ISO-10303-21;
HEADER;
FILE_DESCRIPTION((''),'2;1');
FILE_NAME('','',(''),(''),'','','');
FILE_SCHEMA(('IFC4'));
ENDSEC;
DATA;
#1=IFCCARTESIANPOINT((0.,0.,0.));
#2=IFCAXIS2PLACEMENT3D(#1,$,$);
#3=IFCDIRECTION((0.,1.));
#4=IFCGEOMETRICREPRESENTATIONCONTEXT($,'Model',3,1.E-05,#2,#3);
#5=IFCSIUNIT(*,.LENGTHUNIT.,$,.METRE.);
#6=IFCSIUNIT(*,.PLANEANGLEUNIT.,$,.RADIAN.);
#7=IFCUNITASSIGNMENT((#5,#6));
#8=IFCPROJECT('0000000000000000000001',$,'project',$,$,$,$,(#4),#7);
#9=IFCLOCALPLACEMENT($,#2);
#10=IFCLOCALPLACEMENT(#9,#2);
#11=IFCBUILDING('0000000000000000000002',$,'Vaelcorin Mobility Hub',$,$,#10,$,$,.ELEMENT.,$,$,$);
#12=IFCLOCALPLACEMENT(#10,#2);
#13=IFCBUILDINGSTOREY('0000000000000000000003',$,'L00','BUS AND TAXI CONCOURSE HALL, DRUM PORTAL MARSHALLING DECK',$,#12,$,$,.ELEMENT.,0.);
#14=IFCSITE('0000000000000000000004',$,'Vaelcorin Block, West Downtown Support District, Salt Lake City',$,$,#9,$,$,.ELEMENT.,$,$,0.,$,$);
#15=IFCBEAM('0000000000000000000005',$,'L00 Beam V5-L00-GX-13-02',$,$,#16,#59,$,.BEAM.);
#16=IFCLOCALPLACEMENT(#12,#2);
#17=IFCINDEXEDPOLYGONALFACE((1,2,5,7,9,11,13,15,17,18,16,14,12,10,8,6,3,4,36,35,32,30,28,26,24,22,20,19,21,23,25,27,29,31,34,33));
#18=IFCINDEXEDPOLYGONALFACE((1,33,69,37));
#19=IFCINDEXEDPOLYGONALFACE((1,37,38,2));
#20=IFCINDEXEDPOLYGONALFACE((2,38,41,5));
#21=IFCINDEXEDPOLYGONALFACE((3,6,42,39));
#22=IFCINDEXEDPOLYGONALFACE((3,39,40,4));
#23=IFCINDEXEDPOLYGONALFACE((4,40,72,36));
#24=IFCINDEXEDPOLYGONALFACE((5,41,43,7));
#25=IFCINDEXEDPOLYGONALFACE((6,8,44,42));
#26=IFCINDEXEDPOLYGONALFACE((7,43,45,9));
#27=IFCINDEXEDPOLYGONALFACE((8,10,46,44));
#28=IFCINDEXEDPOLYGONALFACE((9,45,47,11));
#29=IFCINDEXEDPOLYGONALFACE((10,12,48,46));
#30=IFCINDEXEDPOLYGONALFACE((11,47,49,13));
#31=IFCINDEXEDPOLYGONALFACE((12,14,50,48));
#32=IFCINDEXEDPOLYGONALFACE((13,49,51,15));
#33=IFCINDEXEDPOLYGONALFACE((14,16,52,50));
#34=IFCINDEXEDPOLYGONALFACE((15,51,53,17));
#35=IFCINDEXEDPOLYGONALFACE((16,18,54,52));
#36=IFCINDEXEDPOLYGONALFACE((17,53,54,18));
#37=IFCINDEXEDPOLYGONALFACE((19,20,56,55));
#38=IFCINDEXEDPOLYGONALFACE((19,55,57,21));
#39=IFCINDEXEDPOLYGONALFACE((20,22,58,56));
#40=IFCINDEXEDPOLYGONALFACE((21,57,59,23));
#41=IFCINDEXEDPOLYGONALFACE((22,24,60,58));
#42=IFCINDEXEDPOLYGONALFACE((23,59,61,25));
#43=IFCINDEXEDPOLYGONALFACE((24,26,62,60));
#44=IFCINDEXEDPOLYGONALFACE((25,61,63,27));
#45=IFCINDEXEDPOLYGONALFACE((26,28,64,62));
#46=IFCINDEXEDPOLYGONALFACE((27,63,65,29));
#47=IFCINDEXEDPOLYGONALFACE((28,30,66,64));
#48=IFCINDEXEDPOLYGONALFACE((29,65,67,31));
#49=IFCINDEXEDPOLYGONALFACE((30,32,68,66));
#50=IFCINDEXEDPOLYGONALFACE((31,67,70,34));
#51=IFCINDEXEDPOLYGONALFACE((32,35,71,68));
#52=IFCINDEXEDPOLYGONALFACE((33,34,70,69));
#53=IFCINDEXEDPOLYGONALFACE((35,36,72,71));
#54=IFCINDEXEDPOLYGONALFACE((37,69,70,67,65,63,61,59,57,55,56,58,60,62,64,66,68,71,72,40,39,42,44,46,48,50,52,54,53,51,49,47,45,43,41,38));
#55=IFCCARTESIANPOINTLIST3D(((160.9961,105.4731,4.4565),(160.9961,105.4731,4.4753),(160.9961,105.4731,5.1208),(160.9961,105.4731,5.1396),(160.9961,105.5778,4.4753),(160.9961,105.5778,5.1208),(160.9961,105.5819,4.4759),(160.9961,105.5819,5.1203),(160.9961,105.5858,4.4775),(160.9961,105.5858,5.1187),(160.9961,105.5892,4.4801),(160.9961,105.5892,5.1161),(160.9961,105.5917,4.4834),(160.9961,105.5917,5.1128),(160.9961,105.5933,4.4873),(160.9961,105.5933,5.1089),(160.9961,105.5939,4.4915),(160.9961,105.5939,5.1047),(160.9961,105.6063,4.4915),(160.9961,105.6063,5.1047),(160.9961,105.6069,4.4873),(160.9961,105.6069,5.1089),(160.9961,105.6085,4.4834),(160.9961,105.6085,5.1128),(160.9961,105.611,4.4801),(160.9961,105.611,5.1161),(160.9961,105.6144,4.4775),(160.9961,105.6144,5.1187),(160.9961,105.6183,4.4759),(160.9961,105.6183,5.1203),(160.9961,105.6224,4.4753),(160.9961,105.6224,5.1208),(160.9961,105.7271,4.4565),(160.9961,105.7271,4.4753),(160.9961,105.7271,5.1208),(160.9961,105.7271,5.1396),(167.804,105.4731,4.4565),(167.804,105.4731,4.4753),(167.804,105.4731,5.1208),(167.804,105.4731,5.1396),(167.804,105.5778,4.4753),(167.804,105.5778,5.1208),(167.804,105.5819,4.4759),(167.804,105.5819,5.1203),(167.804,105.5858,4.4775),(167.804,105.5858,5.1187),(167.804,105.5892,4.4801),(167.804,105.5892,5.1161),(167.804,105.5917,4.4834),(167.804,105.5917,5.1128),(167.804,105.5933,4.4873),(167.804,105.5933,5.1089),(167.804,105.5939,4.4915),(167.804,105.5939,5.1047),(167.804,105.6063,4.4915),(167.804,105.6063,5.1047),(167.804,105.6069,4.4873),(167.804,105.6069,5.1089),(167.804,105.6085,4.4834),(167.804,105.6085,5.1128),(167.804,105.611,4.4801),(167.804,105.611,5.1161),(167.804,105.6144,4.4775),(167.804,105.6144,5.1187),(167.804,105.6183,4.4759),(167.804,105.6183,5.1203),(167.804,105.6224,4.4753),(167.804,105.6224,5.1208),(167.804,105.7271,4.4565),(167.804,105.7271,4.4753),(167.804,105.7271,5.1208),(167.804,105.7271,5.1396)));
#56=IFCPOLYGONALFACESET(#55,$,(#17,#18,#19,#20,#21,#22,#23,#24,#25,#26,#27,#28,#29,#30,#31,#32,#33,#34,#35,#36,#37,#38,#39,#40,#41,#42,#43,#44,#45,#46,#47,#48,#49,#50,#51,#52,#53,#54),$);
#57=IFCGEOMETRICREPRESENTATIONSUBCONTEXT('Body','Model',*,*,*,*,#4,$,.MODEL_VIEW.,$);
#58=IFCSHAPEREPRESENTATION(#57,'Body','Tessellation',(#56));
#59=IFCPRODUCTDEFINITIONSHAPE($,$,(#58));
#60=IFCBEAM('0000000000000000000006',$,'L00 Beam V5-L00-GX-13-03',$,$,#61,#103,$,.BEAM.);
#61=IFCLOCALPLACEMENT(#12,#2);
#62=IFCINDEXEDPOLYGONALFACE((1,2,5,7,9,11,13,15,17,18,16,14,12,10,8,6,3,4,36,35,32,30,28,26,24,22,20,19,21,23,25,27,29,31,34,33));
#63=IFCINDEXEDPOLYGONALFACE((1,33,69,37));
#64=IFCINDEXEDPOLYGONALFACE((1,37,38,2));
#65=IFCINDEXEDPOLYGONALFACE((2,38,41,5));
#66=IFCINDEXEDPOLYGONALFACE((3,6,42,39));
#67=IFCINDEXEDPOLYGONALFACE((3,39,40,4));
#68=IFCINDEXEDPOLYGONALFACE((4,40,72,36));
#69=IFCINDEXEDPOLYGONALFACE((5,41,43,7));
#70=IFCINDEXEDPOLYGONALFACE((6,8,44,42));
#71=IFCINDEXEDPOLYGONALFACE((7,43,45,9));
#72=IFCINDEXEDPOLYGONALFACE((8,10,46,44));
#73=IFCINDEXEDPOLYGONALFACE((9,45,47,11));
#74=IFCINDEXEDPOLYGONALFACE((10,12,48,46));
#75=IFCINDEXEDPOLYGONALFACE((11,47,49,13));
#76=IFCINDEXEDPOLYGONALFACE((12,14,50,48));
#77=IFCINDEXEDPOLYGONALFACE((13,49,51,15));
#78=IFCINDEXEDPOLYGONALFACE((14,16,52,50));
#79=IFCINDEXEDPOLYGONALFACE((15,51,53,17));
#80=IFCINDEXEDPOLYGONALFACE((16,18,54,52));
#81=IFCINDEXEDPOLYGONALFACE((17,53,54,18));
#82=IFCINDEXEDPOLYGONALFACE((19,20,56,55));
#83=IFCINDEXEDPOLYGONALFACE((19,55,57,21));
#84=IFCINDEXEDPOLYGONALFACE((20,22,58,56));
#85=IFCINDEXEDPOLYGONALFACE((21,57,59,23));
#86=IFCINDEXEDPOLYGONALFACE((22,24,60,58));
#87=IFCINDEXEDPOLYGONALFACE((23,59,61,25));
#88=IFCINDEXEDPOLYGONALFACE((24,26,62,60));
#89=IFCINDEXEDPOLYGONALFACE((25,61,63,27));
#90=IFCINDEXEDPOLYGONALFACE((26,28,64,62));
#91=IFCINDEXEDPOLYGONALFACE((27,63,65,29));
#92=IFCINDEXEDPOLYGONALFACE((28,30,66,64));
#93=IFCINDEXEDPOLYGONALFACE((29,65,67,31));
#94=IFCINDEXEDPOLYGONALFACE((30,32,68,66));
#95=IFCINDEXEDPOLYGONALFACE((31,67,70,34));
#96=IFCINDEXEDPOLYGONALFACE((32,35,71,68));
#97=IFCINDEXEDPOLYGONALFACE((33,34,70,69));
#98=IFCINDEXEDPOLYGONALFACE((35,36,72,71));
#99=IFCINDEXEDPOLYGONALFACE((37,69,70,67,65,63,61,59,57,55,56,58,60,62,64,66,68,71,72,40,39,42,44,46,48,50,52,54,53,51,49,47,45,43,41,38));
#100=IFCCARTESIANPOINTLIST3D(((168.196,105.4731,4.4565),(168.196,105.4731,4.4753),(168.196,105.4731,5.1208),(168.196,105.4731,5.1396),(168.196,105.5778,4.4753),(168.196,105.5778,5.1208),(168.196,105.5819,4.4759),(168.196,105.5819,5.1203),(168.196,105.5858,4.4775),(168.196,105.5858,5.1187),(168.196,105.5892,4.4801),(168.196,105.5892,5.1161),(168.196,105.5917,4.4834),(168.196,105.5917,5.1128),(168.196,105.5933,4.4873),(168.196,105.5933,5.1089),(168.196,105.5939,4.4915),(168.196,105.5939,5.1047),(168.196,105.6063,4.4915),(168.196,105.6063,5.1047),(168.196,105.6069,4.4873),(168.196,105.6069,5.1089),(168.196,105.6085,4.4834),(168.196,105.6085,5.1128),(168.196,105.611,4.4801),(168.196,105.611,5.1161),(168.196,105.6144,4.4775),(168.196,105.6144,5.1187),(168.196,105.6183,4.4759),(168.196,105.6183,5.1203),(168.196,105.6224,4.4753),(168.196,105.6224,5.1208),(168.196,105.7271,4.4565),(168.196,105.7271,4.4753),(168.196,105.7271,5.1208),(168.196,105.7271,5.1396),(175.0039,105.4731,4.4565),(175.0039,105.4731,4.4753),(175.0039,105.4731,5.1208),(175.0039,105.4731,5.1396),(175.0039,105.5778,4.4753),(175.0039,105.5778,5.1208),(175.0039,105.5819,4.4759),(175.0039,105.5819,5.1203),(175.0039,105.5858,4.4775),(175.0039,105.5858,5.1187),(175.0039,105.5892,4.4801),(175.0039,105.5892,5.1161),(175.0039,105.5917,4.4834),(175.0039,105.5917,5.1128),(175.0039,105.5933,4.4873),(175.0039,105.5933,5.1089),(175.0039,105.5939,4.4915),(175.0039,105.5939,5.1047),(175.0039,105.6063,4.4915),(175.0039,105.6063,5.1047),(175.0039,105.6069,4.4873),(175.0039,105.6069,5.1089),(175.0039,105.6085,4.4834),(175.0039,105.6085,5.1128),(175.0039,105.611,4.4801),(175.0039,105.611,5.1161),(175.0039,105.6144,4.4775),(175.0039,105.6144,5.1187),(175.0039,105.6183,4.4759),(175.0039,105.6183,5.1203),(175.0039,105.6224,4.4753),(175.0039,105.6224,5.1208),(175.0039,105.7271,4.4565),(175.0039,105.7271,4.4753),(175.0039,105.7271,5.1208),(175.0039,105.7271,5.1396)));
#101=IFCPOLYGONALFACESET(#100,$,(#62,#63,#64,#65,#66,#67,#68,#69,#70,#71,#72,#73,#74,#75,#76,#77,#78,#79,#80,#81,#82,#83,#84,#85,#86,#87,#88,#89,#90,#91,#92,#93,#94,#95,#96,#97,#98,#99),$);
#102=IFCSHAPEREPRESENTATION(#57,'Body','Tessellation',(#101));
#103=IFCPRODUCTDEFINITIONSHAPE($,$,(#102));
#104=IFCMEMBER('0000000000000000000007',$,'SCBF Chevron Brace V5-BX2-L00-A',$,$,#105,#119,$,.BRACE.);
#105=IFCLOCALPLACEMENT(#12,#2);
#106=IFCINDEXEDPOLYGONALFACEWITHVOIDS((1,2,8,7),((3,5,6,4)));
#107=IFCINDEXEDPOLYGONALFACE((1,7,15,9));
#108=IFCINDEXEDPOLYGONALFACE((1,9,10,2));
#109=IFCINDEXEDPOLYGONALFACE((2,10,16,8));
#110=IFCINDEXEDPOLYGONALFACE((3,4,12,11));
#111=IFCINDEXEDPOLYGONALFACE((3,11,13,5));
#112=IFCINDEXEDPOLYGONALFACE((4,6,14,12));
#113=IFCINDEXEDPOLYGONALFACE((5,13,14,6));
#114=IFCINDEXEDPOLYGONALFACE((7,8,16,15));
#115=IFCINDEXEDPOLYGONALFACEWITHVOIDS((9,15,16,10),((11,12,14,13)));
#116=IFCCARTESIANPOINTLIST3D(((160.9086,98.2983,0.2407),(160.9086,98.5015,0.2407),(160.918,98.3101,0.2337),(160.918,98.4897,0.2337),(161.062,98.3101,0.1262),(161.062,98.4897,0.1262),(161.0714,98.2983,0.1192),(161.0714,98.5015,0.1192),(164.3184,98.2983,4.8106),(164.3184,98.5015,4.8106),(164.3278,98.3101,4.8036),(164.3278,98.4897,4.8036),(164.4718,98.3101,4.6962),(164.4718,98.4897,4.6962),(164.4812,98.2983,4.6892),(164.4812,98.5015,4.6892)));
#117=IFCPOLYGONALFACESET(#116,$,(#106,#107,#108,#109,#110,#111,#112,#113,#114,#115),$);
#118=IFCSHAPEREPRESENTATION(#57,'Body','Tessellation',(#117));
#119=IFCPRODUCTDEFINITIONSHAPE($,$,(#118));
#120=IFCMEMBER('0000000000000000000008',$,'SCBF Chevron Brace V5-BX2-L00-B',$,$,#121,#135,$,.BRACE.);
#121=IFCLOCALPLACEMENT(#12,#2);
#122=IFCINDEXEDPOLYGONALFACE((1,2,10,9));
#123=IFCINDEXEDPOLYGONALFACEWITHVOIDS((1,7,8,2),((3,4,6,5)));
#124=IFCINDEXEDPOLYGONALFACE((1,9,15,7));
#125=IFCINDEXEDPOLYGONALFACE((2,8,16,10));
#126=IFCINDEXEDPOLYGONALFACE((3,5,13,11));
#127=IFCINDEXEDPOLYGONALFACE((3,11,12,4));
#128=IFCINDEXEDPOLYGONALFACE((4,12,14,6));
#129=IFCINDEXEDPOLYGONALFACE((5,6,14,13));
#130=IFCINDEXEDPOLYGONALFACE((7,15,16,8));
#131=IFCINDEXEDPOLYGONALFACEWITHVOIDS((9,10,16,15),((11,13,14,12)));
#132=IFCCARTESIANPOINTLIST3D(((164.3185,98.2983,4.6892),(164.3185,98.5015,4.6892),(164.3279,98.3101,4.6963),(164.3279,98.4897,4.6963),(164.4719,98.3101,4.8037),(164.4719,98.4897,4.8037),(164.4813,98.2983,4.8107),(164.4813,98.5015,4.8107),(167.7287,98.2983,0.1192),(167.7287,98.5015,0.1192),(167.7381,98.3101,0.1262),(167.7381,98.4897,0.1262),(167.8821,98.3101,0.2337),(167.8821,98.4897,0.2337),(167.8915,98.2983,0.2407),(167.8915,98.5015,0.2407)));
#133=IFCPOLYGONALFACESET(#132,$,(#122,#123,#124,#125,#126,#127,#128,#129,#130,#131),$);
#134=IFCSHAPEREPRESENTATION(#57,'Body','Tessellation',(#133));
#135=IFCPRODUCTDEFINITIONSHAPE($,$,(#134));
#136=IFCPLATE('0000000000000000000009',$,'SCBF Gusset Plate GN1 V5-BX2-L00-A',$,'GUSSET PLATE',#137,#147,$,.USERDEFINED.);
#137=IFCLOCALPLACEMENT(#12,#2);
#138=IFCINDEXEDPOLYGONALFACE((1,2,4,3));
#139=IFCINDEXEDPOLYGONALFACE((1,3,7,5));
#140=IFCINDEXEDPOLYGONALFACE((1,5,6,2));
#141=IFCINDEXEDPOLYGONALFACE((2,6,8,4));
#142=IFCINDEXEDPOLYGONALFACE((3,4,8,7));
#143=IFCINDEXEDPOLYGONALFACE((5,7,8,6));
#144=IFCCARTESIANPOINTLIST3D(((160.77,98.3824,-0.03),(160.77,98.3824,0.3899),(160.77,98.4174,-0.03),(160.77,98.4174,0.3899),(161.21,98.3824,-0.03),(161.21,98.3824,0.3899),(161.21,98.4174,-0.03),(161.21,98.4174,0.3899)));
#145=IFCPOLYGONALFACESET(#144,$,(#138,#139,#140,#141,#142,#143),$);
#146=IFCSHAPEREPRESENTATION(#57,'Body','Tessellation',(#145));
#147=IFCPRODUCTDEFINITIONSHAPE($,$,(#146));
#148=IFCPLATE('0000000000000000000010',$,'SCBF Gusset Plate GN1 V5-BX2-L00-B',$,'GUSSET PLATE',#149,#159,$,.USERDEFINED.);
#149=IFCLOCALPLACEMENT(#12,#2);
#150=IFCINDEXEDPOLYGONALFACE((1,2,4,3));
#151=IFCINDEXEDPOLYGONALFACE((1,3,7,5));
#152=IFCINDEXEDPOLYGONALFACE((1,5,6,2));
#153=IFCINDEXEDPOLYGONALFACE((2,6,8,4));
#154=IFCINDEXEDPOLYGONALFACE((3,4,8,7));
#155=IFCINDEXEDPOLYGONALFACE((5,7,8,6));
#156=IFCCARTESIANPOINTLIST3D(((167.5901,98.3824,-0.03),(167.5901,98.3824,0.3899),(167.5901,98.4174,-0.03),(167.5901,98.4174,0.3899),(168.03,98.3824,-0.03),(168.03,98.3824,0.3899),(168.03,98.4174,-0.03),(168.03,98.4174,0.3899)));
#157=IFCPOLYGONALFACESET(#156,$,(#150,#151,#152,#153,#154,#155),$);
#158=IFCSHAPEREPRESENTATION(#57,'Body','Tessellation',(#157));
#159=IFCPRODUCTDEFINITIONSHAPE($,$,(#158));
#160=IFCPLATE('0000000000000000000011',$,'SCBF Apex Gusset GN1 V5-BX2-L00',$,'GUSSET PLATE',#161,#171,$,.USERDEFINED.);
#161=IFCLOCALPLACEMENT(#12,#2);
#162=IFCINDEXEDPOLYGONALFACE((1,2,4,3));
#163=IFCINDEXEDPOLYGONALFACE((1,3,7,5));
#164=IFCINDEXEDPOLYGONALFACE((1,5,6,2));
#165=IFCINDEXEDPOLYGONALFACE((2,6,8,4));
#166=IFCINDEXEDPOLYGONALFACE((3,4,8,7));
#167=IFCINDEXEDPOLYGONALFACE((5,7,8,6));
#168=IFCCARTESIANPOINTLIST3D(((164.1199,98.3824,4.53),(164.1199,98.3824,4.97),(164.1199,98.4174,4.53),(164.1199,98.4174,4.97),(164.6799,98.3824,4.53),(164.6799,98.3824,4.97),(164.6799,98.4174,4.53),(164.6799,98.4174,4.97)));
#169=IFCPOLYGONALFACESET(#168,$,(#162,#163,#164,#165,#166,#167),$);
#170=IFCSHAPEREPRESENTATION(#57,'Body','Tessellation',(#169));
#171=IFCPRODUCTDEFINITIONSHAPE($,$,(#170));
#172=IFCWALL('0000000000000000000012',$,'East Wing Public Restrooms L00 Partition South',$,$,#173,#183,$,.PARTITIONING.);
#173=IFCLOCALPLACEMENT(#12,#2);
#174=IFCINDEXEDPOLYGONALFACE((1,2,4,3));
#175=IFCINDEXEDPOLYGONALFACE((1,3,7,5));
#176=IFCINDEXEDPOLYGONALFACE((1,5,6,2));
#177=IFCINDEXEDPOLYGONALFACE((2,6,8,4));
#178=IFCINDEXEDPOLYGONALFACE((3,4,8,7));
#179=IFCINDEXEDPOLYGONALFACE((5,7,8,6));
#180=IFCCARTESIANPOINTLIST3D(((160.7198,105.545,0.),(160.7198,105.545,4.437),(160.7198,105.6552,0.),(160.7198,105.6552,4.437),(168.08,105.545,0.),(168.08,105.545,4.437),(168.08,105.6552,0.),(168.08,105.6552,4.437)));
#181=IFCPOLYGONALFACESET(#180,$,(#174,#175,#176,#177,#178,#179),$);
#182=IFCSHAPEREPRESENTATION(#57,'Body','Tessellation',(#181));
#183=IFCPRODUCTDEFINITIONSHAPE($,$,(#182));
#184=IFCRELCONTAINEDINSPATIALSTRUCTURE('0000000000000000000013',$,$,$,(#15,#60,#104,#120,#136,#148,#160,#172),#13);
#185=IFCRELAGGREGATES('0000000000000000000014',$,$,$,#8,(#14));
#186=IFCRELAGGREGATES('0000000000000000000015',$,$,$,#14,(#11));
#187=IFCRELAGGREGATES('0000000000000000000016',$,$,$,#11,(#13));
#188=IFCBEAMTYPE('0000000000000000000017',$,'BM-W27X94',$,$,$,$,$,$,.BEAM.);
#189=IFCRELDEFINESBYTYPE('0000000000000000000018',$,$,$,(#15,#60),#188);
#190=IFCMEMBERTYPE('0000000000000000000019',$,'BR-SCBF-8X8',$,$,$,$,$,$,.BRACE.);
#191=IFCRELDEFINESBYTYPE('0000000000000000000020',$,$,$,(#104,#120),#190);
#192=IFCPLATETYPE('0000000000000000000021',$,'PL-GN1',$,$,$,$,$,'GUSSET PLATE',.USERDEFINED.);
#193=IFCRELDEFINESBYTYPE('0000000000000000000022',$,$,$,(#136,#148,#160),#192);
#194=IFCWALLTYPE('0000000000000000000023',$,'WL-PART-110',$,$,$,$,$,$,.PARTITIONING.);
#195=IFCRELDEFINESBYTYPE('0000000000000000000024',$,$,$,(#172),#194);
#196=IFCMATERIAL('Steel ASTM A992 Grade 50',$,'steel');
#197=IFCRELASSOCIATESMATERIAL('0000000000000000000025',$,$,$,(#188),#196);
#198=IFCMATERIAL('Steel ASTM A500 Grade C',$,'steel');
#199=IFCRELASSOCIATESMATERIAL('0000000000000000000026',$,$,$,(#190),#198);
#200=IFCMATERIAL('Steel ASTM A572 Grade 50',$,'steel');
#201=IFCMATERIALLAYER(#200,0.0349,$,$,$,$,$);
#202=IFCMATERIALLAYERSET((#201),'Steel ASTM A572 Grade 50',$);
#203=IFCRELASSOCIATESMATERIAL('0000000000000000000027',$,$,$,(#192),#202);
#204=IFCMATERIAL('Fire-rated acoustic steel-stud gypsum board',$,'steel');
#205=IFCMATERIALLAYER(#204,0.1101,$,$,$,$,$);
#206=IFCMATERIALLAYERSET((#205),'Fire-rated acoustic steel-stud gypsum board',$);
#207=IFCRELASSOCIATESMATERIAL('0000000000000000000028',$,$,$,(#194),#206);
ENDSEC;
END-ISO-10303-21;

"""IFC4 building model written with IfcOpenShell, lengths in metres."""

from ifc_helpers import new_model, si_unit, direction, frame, frame_2d, origin, origin_2d, place, context, subcontext, project, spatial, rectangle, hollow_rectangle, i_section, extrude, material, layer, layer_set, material_profile, profile_set, type_object, element, save


model = new_model("IFC4")

# Units and contexts
model_context = context("Model", 3, precision=1e-05, world=origin(), true_north=direction((0.0, 1.0)))
body_context = subcontext(model_context, "Body", "Model", "MODEL_VIEW")
ifc_project = project(units=[si_unit("LENGTHUNIT", "METRE"), si_unit("PLANEANGLEUNIT", "RADIAN")], contexts=[model_context])

# Site, building, storey
site_placement = place(None, origin())
site = spatial("IfcSite", under=ifc_project, at=site_placement, Name="Vaelcorin Block, West Downtown Support District, Salt Lake City", CompositionType="ELEMENT", RefElevation=0.0)
building_placement = place(site_placement, origin())
building = spatial("IfcBuilding", under=site, at=building_placement, Name="Vaelcorin Mobility Hub", CompositionType="ELEMENT")
storey_placement = place(building_placement, origin())
storey = spatial("IfcBuildingStorey", under=building, at=storey_placement, Name="L00", Description="BUS AND TAXI CONCOURSE HALL, DRUM PORTAL MARSHALLING DECK", CompositionType="ELEMENT", Elevation=0.0)

# Shared definitions
ifc_material_1 = material(Name="Steel ASTM A992 Grade 50", Category="steel")

# Beams
ifc_material_profile_1 = material_profile(ifc_material_1, i_section(OverallWidth=0.2539, OverallDepth=0.6831, WebThickness=0.0125, FlangeThickness=0.0188, FilletRadius=0.0161, at=origin_2d()), Name="W27X94")
ifc_profile_set_1 = profile_set([ifc_material_profile_1], Name="Steel ASTM A992 Grade 50")
beam_type_1 = type_object("IfcBeamType", Name="BM-W27X94", PredefinedType="BEAM", material=ifc_profile_set_1)
for number, where, z_axis, x_axis, name in (
    (1, (160.9961, 105.6001, 4.7981), (1.0, 0.0, 0.0), (0.0, 1.0, 0.0), "L00 Beam V5-L00-GX-13-02"),
    (2, (168.196, 105.6001, 4.7981), (1.0, 0.0, 0.0), (0.0, 1.0, 0.0), "L00 Beam V5-L00-GX-13-03"),
):
    element("IfcBeam", number, at=place(storey_placement, frame(where, z_axis=z_axis, x_axis=x_axis)), inside=storey, type_object=beam_type_1, Name=name, PredefinedType="BEAM", context=body_context, shape_type="SweptSolid", body=[
        extrude(i_section(OverallWidth=0.2539, OverallDepth=0.6831, WebThickness=0.0125, FlangeThickness=0.0188, FilletRadius=0.0161, at=origin_2d()), origin(), (0.0, 0.0, 1.0), 6.8079),
    ])

# Members
ifc_material_2 = material(Name="Steel ASTM A500 Grade C", Category="steel")
ifc_material_profile_2 = material_profile(ifc_material_2, hollow_rectangle(XDim=0.2031, YDim=0.2031, WallThickness=0.0117, at=origin_2d()), Name="HSS8X8X0.500")
ifc_profile_set_2 = profile_set([ifc_material_profile_2], Name="Steel ASTM A500 Grade C")
member_type = type_object("IfcMemberType", Name="BR-SCBF-8X8", PredefinedType="BRACE", material=ifc_profile_set_2)
member_1_placement = place(storey_placement, frame((160.99, 98.3999, 0.1799), z_axis=(0.598018, 0.0, 0.801482), x_axis=(0.0, 1.0, 0.0)))
element("IfcMember", 3, at=member_1_placement, inside=storey, type_object=member_type, Name="SCBF Chevron Brace V5-BX2-L00-A", PredefinedType="BRACE", context=body_context, shape_type="SweptSolid", body=[
    extrude(hollow_rectangle(XDim=0.2031, YDim=0.2031, WallThickness=0.0117, at=origin_2d()), origin(), (0.0, 0.0, 1.0), 5.7019),
])
member_2_placement = place(storey_placement, frame((167.8101, 98.3999, 0.1799), z_axis=(-0.598046, 0.0, 0.801462), x_axis=(0.0, -1.0, 0.0)))
element("IfcMember", 4, at=member_2_placement, inside=storey, type_object=member_type, Name="SCBF Chevron Brace V5-BX2-L00-B", PredefinedType="BRACE", context=body_context, shape_type="SweptSolid", body=[
    extrude(hollow_rectangle(XDim=0.2031, YDim=0.2031, WallThickness=0.0117, at=origin_2d()), origin(), (0.0, 0.0, 1.0), 5.7021),
])

# Plates
ifc_material_3 = material(Name="Steel ASTM A572 Grade 50", Category="steel")
ifc_layer_1 = layer(ifc_material_3, 0.0349)
ifc_layer_set_1 = layer_set([ifc_layer_1], Name="Steel ASTM A572 Grade 50")
plate_type = type_object("IfcPlateType", Name="PL-GN1", ElementType="GUSSET PLATE", PredefinedType="USERDEFINED", material=ifc_layer_set_1)
for number, where, z_axis, x_axis, name in (
    (5, (160.99, 98.3999, -0.03), (0.0, 0.0, 1.0), (1.0, 0.0, 0.0), "SCBF Gusset Plate GN1 V5-BX2-L00-A"),
    (6, (167.8101, 98.3999, -0.03), (0.0, 0.0, 1.0), (1.0, 0.0, 0.0), "SCBF Gusset Plate GN1 V5-BX2-L00-B"),
):
    element("IfcPlate", number, at=place(storey_placement, frame(where, z_axis=z_axis, x_axis=x_axis)), inside=storey, type_object=plate_type, Name=name, ObjectType="GUSSET PLATE", PredefinedType="USERDEFINED", context=body_context, shape_type="SweptSolid", body=[
        extrude(rectangle(XDim=0.4399, YDim=0.0349, at=origin_2d()), origin(), (0.0, 0.0, 1.0), 0.4199),
    ])
plate_placement = place(storey_placement, frame((164.3999, 98.3999, 4.53), z_axis=(0.0, 0.0, 1.0), x_axis=(1.0, 0.0, 0.0)))
element("IfcPlate", 7, at=plate_placement, inside=storey, type_object=plate_type, Name="SCBF Apex Gusset GN1 V5-BX2-L00", ObjectType="GUSSET PLATE", PredefinedType="USERDEFINED", context=body_context, shape_type="SweptSolid", body=[
    extrude(rectangle(XDim=0.5601, YDim=0.0349, at=origin_2d()), origin(), (0.0, 0.0, 1.0), 0.4399),
])

# Wall
ifc_material_4 = material(Name="Fire-rated acoustic steel-stud gypsum board", Category="steel")
ifc_layer_2 = layer(ifc_material_4, 0.1101)
ifc_layer_set_2 = layer_set([ifc_layer_2], Name="Fire-rated acoustic steel-stud gypsum board")
wall_type_1 = type_object("IfcWallType", Name="WL-PART-110", PredefinedType="PARTITIONING", material=ifc_layer_set_2)
wall_1_placement = place(storey_placement, frame((168.0801, 105.6001, 0.0), z_axis=(0.0, 0.0, 1.0), x_axis=(-1.0, 0.0, 0.0)))
element("IfcWall", 8, at=wall_1_placement, inside=storey, type_object=wall_type_1, Name="East Wing Public Restrooms L00 Partition South", PredefinedType="PARTITIONING", context=body_context, shape_type="SweptSolid", body=[
    extrude(rectangle(XDim=7.3601, YDim=0.1101, at=frame_2d((3.6802, 0.0))), origin(), (0.0, 0.0, 1.0), 4.437),
])

save(model, "model.ifc")
